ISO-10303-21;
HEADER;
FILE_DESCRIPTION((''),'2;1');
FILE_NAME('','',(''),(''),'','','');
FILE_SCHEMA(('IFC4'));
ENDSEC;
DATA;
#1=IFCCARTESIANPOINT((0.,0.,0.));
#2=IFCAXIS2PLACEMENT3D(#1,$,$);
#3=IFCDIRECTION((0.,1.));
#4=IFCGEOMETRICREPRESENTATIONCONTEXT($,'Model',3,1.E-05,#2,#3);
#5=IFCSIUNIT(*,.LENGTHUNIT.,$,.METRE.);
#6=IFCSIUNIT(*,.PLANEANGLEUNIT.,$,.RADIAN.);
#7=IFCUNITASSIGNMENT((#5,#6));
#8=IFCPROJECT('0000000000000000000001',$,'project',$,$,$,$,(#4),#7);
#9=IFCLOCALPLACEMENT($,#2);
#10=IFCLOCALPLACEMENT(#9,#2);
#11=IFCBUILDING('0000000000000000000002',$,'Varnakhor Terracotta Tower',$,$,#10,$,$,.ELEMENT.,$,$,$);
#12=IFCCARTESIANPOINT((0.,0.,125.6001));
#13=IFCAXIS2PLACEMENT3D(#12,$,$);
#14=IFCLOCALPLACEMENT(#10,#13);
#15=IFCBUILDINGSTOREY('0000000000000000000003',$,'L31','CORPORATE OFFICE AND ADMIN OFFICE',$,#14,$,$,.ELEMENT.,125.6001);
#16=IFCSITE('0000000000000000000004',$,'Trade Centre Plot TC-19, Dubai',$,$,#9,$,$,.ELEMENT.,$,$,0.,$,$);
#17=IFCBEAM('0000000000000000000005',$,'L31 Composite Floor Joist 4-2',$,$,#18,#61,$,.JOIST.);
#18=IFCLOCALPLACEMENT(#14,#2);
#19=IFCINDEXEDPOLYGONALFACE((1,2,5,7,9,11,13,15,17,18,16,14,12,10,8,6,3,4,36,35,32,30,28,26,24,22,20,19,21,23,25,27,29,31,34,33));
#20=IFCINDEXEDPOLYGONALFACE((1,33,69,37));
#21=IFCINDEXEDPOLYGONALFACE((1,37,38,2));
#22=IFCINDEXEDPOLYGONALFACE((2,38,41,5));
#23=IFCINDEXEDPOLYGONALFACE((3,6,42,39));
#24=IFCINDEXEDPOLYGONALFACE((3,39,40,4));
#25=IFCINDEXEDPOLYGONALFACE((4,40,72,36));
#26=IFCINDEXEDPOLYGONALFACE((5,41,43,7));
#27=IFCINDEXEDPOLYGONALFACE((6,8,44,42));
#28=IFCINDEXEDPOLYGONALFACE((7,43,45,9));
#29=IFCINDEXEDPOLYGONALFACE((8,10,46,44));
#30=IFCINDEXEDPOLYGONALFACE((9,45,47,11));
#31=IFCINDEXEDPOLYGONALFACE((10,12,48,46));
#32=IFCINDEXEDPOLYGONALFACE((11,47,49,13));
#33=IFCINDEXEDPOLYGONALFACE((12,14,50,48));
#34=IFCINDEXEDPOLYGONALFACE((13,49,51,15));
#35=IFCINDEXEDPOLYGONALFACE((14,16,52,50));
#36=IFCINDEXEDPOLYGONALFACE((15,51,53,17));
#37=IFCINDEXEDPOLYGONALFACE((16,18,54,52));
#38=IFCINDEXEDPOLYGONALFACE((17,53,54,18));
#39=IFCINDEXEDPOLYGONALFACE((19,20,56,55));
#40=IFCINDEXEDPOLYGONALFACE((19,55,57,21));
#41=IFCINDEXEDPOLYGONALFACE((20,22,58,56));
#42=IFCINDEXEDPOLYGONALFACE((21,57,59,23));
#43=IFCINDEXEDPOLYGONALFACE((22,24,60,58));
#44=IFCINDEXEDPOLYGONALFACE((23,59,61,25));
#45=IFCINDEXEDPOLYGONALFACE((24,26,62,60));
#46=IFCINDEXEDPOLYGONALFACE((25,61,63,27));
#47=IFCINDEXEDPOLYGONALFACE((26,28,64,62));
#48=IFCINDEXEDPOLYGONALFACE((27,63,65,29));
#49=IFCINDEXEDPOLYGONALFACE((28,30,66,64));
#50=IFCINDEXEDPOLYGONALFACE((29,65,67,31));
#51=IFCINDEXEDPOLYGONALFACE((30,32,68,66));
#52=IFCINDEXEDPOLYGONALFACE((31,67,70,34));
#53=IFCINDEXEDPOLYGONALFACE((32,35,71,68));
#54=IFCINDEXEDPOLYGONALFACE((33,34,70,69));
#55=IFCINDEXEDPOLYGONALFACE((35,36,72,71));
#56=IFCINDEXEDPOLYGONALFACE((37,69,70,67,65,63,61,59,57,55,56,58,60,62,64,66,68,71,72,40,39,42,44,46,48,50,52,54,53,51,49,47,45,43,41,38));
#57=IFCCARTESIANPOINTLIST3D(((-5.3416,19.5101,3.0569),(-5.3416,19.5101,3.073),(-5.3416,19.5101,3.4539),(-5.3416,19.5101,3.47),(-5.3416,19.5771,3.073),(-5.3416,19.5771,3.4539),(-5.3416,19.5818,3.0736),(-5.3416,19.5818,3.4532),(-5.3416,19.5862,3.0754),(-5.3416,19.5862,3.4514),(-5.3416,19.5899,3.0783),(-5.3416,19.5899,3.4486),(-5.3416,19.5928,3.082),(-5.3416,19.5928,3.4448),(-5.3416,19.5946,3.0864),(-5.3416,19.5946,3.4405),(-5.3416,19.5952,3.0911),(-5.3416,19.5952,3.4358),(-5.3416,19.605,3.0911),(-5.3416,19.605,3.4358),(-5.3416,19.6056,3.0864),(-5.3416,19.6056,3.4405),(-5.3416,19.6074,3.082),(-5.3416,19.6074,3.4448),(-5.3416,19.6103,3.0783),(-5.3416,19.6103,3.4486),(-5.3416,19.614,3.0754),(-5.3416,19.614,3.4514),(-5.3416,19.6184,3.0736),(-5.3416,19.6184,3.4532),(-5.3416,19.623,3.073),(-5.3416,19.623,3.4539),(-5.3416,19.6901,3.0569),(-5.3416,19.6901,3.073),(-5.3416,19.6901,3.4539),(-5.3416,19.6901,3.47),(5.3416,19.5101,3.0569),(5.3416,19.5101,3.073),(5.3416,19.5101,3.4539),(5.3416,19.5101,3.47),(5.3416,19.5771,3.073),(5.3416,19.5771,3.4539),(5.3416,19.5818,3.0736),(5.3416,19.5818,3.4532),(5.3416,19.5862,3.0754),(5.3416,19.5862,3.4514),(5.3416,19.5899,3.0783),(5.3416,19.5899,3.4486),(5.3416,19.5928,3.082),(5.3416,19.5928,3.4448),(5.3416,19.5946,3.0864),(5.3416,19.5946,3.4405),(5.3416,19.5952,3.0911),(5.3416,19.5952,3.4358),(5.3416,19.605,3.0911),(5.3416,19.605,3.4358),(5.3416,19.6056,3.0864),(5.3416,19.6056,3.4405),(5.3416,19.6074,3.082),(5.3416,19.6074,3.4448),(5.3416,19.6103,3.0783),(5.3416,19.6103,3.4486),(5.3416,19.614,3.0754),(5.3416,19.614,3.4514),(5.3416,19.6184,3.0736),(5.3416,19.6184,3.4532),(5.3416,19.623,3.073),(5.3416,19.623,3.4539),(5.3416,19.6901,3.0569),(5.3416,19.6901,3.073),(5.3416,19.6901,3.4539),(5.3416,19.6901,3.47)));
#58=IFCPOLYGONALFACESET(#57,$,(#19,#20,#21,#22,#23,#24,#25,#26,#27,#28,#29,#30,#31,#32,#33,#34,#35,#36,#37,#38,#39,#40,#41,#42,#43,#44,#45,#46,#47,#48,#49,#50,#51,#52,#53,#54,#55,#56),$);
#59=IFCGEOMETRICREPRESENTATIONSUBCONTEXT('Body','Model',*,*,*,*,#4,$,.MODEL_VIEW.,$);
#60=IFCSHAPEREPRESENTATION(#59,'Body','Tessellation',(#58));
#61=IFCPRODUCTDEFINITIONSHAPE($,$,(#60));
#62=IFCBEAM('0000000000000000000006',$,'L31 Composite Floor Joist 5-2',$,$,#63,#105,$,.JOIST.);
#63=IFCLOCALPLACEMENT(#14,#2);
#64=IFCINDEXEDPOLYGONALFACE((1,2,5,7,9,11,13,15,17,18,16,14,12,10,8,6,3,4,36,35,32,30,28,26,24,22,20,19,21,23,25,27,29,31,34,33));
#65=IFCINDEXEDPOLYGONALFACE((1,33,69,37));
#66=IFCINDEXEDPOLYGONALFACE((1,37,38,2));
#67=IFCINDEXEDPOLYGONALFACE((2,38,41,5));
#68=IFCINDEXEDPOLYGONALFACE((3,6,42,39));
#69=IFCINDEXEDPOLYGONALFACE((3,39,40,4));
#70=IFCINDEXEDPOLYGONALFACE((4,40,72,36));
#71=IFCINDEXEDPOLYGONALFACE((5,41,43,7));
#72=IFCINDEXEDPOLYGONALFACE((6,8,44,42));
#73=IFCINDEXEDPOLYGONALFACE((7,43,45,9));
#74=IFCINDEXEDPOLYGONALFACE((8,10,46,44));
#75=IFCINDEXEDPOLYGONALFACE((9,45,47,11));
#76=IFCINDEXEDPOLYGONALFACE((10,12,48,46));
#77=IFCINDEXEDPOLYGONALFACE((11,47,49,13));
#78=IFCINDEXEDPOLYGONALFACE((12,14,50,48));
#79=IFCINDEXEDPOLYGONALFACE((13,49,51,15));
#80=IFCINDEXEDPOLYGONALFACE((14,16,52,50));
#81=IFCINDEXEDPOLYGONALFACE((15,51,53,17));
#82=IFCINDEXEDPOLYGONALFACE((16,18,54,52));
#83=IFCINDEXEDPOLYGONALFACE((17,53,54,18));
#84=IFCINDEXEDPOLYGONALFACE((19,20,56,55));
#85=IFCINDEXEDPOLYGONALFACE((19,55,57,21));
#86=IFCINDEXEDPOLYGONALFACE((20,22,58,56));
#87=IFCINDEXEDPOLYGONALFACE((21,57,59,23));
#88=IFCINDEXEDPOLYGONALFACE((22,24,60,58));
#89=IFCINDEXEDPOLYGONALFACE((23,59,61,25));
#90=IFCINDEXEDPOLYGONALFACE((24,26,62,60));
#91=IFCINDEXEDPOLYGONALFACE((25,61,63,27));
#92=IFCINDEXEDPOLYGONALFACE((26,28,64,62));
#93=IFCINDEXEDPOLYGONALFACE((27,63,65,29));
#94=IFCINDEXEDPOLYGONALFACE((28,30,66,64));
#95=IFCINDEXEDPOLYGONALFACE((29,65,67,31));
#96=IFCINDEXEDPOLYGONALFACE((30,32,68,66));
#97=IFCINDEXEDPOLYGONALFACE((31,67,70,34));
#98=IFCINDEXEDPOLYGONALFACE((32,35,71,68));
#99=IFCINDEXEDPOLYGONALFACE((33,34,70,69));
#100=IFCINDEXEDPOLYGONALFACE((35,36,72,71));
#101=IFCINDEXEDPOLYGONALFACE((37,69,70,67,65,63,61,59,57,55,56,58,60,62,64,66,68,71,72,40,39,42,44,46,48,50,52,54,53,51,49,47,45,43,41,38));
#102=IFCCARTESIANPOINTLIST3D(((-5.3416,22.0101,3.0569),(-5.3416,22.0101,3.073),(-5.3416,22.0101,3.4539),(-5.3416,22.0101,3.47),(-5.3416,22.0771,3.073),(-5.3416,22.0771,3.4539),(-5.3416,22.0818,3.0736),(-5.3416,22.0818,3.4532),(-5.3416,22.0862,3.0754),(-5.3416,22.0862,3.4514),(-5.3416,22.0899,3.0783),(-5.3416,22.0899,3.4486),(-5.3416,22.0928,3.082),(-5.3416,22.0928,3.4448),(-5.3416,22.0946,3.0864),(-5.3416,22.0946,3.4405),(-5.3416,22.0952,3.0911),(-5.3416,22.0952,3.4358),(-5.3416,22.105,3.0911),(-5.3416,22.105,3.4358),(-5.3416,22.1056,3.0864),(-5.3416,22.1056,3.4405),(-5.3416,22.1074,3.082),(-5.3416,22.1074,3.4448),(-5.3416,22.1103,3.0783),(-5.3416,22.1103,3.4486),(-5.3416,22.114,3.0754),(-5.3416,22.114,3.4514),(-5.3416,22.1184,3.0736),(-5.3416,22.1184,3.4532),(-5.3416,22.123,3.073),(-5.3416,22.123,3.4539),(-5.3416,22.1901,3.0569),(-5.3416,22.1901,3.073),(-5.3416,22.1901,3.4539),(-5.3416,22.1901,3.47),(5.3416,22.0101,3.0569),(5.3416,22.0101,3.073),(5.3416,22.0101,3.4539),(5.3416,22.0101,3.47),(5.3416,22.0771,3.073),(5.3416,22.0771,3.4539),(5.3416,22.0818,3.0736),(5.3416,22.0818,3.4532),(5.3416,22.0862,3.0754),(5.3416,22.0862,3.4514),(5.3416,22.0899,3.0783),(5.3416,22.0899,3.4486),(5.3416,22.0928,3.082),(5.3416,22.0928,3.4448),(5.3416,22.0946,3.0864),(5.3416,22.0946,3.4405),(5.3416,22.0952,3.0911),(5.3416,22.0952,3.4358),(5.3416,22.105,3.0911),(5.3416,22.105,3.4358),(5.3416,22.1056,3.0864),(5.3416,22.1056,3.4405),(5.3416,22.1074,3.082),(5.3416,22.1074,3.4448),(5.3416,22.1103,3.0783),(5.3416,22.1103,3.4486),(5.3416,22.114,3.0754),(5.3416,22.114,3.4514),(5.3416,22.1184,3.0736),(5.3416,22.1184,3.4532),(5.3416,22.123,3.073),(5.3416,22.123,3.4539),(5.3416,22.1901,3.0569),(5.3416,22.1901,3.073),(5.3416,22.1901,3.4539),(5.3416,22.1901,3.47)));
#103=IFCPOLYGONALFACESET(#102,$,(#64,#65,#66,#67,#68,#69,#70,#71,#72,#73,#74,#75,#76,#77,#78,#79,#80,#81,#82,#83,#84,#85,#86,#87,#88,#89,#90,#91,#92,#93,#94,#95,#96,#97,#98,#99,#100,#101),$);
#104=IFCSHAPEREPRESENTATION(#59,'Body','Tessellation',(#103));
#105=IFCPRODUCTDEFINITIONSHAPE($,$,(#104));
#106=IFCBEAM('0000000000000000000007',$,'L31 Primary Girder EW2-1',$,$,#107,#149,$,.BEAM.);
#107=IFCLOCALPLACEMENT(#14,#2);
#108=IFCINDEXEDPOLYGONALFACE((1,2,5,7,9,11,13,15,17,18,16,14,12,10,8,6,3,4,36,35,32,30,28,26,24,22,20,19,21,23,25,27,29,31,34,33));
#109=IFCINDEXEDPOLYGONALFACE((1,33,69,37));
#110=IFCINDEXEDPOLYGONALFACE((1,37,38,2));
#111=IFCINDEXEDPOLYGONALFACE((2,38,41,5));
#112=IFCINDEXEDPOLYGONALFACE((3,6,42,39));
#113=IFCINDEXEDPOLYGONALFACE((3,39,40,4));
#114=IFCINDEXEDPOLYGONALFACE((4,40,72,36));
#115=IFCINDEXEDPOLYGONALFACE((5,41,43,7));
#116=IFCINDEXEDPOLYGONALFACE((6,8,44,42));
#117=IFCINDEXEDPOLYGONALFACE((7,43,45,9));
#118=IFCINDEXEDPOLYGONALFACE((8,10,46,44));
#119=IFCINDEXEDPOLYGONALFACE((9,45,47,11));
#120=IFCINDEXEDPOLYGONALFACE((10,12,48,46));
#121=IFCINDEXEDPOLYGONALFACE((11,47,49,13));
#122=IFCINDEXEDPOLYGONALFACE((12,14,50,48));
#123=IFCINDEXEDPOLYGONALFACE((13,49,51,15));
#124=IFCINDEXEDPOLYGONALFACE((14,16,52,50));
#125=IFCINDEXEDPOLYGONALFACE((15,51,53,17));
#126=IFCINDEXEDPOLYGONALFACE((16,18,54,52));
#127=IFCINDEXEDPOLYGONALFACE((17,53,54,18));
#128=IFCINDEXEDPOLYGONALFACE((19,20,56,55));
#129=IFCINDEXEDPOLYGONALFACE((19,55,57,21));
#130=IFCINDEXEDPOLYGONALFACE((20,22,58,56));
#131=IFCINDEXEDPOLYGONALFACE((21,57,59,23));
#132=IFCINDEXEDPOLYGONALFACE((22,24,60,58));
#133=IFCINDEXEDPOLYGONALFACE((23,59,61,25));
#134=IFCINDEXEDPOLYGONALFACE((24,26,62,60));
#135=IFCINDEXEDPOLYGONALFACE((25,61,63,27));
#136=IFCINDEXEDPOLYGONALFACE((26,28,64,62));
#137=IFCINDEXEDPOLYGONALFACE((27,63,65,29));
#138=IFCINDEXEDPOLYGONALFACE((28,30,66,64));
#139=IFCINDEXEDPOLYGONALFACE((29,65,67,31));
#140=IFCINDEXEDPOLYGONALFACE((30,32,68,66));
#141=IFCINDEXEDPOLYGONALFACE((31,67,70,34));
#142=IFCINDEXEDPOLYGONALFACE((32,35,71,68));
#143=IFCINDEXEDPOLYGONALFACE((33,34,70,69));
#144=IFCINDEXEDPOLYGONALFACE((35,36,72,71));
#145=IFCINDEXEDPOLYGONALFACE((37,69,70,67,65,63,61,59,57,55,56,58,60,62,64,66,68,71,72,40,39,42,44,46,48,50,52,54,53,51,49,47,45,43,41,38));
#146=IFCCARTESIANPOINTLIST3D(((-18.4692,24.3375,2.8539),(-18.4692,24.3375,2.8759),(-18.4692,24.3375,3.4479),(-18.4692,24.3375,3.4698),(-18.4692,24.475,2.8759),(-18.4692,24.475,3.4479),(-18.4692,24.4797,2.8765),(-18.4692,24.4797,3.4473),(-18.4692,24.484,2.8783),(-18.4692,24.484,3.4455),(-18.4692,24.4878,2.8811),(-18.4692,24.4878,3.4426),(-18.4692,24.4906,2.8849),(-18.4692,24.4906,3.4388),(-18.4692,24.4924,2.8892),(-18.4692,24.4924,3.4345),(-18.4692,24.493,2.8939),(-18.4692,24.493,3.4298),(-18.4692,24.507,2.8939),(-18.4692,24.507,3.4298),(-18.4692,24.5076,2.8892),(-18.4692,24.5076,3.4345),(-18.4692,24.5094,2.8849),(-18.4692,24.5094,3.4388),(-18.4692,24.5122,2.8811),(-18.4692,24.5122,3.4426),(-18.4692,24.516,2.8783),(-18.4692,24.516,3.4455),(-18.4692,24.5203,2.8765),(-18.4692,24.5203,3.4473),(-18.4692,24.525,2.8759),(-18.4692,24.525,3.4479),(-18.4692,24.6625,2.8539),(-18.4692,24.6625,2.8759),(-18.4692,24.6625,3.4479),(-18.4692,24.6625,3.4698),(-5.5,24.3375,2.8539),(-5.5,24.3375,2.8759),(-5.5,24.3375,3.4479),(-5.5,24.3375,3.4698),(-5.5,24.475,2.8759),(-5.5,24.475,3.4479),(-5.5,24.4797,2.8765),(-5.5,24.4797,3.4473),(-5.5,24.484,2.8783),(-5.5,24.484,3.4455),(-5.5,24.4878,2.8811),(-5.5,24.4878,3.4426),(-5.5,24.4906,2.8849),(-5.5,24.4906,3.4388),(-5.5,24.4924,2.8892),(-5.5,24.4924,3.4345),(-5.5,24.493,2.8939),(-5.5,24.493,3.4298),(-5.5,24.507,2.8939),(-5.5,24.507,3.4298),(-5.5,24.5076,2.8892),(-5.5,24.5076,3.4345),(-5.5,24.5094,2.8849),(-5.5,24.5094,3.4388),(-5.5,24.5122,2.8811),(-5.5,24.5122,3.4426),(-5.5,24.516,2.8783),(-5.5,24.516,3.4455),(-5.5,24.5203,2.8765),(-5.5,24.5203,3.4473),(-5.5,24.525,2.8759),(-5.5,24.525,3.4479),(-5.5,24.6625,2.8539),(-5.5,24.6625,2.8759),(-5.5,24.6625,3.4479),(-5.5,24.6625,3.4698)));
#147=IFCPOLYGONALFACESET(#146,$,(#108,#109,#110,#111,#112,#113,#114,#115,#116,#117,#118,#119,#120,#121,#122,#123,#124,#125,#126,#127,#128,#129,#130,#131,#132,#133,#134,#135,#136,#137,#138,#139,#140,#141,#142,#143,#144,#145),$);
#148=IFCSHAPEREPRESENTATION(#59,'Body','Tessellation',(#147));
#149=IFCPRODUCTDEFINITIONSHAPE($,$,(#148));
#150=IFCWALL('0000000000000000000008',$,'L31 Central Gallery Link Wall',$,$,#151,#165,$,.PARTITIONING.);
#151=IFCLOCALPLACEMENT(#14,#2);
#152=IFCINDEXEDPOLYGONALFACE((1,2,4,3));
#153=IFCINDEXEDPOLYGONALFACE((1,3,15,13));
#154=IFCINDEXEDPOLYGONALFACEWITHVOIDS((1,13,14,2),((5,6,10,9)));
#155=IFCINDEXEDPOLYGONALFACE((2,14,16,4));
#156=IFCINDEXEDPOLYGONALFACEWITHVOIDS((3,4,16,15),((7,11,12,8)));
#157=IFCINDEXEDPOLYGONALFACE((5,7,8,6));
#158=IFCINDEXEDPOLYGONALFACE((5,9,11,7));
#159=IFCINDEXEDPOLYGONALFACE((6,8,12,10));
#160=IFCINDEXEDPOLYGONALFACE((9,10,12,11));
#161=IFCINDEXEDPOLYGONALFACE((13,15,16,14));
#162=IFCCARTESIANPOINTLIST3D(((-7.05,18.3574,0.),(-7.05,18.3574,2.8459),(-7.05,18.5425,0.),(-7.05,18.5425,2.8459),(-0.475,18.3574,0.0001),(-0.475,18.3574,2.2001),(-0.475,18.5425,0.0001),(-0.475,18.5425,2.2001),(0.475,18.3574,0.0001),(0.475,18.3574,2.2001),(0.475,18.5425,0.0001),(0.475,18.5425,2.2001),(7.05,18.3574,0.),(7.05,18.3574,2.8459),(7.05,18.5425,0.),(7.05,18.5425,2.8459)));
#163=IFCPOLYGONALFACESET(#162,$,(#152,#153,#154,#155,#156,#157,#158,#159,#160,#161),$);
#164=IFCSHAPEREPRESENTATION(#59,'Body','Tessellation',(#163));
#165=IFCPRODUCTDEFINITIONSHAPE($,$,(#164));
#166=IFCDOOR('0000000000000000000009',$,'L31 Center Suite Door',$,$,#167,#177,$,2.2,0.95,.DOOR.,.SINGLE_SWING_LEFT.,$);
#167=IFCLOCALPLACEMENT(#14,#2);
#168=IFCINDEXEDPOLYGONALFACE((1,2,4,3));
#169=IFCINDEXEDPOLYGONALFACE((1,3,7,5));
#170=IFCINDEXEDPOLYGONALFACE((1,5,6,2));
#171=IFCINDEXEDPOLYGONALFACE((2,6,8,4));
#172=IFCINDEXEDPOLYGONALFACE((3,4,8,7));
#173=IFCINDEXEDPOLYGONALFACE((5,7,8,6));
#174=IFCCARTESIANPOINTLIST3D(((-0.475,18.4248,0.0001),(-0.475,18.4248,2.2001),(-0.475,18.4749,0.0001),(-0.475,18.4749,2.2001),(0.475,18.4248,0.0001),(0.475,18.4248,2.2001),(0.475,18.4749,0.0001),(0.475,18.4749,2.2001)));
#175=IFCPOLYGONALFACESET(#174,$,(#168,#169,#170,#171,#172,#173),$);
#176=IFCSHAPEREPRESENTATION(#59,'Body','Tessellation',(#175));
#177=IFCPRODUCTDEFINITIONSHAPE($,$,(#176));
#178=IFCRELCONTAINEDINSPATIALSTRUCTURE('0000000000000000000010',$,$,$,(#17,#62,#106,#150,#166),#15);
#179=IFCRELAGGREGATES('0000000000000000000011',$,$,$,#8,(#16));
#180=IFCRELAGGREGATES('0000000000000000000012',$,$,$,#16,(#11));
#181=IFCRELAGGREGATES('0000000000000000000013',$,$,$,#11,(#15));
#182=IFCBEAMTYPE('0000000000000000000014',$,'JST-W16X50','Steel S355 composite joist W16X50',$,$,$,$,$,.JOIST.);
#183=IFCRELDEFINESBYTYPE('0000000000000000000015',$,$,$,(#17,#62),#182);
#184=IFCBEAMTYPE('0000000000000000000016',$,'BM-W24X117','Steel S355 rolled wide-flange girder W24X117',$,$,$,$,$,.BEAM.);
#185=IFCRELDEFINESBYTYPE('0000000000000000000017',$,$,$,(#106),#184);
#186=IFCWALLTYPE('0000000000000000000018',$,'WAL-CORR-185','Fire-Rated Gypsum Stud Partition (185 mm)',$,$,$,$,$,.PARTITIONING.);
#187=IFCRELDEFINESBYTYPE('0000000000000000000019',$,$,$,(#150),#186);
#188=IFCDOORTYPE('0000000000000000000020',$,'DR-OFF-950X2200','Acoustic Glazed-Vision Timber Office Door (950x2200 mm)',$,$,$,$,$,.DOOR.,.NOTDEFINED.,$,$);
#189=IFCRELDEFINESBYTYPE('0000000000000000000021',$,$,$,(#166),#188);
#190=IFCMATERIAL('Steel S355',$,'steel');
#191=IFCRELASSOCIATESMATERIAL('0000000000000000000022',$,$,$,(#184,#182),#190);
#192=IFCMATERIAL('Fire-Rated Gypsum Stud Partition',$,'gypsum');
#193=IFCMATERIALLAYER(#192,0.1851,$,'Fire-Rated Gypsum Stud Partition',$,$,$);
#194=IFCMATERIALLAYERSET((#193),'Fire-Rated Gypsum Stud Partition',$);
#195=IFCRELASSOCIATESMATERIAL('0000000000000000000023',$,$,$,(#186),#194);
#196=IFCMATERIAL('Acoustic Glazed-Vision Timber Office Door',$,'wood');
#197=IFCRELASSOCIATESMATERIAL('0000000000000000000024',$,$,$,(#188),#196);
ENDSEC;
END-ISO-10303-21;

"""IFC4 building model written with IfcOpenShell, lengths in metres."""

from ifc_helpers import new_model, si_unit, direction, frame, frame_2d, origin, origin_2d, place, context, subcontext, project, spatial, rectangle, i_section, extrude, source, transform, mapped, material, layer, layer_set, material_profile, profile_set, type_object, type_shapes, element, fill, save


model = new_model("IFC4")

# Units and contexts
model_context = context("Model", 3, precision=1e-05, world=origin(), true_north=direction((0.0, 1.0)))
body_context = subcontext(model_context, "Body", "Model", "MODEL_VIEW")
ifc_project = project(units=[si_unit("LENGTHUNIT", "METRE"), si_unit("PLANEANGLEUNIT", "RADIAN")], contexts=[model_context])

# Site, building, storey
site_placement = place(None, origin())
site = spatial("IfcSite", under=ifc_project, at=site_placement, Name="Trade Centre Plot TC-19, Dubai", CompositionType="ELEMENT", RefElevation=0.0)
building_placement = place(site_placement, origin())
building = spatial("IfcBuilding", under=site, at=building_placement, Name="Varnakhor Terracotta Tower", CompositionType="ELEMENT")
storey_placement = place(building_placement, frame((0.0, 0.0, 125.6001)))
storey = spatial("IfcBuildingStorey", under=building, at=storey_placement, Name="L31", Description="CORPORATE OFFICE AND ADMIN OFFICE", CompositionType="ELEMENT", Elevation=125.6001)

# Beams
ifc_material_1 = material(Name="Steel S355", Category="steel")
ifc_material_profile_1 = material_profile(ifc_material_1, i_section(OverallWidth=0.325, OverallDepth=0.616, WebThickness=0.0139, FlangeThickness=0.022, FilletRadius=0.0181, at=origin_2d()), Name="W24X117")
ifc_profile_set_1 = profile_set([ifc_material_profile_1], Name="Steel S355")
beam_type_1 = type_object("IfcBeamType", Name="BM-W24X117", Description="Steel S355 rolled wide-flange girder W24X117", PredefinedType="BEAM", material=ifc_profile_set_1)
ifc_material_profile_2 = material_profile(ifc_material_1, i_section(OverallWidth=0.1799, OverallDepth=0.4131, WebThickness=0.0098, FlangeThickness=0.0161, FilletRadius=0.0181, at=origin_2d()), Name="W16X50")
ifc_profile_set_2 = profile_set([ifc_material_profile_2], Name="Steel S355")
beam_type_2 = type_object("IfcBeamType", Name="JST-W16X50", Description="Steel S355 composite joist W16X50", PredefinedType="JOIST", material=ifc_profile_set_2)
shared_shape_1 = source(origin(), body_context, "Body", "SweptSolid", [
    extrude(i_section(OverallWidth=0.1799, OverallDepth=0.4131, WebThickness=0.0098, FlangeThickness=0.0161, FilletRadius=0.0181, at=origin_2d()), origin(), (0.0, 0.0, 1.0), 10.6831),
])
for number, where, z_axis, x_axis, name in (
    (1, (-5.3416, 19.6001, 3.2634), (1.0, 0.0, 0.0), (0.0, 1.0, 0.0), "L31 Composite Floor Joist 4-2"),
    (2, (-5.3416, 22.1001, 3.2634), (1.0, 0.0, 0.0), (0.0, 1.0, 0.0), "L31 Composite Floor Joist 5-2"),
):
    element("IfcBeam", number, at=place(storey_placement, frame(where, z_axis=z_axis, x_axis=x_axis)), inside=storey, type_object=beam_type_2, Name=name, PredefinedType="JOIST", context=body_context, shape_type="MappedRepresentation", body=[
        mapped(shared_shape_1, transform((0.0, 0.0, 0.0), scale=1.0)),
    ])
shared_shape_2 = source(origin(), body_context, "Body", "SweptSolid", [
    extrude(i_section(OverallWidth=0.325, OverallDepth=0.616, WebThickness=0.0139, FlangeThickness=0.022, FilletRadius=0.0181, at=origin_2d()), origin(), (0.0, 0.0, 1.0), 12.9692),
])
beam_1_placement = place(storey_placement, frame((-18.4692, 24.5, 3.1619), z_axis=(1.0, 0.0, 0.0), x_axis=(0.0, 1.0, 0.0)))
element("IfcBeam", 3, at=beam_1_placement, inside=storey, type_object=beam_type_1, Name="L31 Primary Girder EW2-1", PredefinedType="BEAM", context=body_context, shape_type="MappedRepresentation", body=[
    mapped(shared_shape_2, transform((0.0, 0.0, 0.0), scale=1.0)),
])

# Wall, opening, door
ifc_material_2 = material(Name="Fire-Rated Gypsum Stud Partition", Category="gypsum")
ifc_layer_1 = layer(ifc_material_2, 0.1851, Name="Fire-Rated Gypsum Stud Partition")
ifc_layer_set_1 = layer_set([ifc_layer_1], Name="Fire-Rated Gypsum Stud Partition")
wall_type_1 = type_object("IfcWallType", Name="WAL-CORR-185", Description="Fire-Rated Gypsum Stud Partition (185 mm)", PredefinedType="PARTITIONING", material=ifc_layer_set_1)
wall_1_placement = place(storey_placement, frame((-7.05, 18.45, 0.0), z_axis=(0.0, 0.0, 1.0), x_axis=(1.0, 0.0, 0.0)))
wall_1 = element("IfcWall", 4, at=wall_1_placement, inside=storey, type_object=wall_type_1, Name="L31 Central Gallery Link Wall", PredefinedType="PARTITIONING", context=body_context, shape_type="SweptSolid", body=[
    extrude(rectangle(XDim=14.1001, YDim=0.1851, at=frame_2d((7.05, 0.0))), origin(), (0.0, 0.0, 1.0), 2.8459),
])
opening_1_placement = place(wall_1_placement, frame((6.575, 0.0, 0.0)))
opening_1 = element("IfcOpeningElement", 5, at=opening_1_placement, cuts=wall_1, PredefinedType="OPENING", context=body_context, shape_type="SweptSolid", body=[
    extrude(rectangle(XDim=0.95, YDim=2.2, at=frame_2d((0.4751, 1.1001))), frame((0.0, 0.1025, 0.0), z_axis=(0.0, -1.0, 0.0), x_axis=(1.0, 0.0, 0.0)), (0.0, 0.0, 1.0), 0.2051),
])
ifc_material_3 = material(Name="Acoustic Glazed-Vision Timber Office Door", Category="wood")
door_type_1 = type_object("IfcDoorType", Name="DR-OFF-950X2200", Description="Acoustic Glazed-Vision Timber Office Door (950x2200 mm)", OperationType="NOTDEFINED", PredefinedType="DOOR", material=ifc_material_3)
shared_shape_3 = source(origin(), body_context, "Body", "SweptSolid", [
    extrude(rectangle(XDim=0.95, YDim=2.2, at=frame_2d((0.4751, 1.1001))), frame((0.0, 0.0249, 0.0), z_axis=(0.0, -1.0, 0.0), x_axis=(1.0, 0.0, 0.0)), (0.0, 0.0, 1.0), 0.05),
])
type_shapes(door_type_1, [shared_shape_3])
door_1_placement = place(opening_1_placement, origin())
door_1 = element("IfcDoor", 6, at=door_1_placement, inside=storey, type_object=door_type_1, Name="L31 Center Suite Door", OperationType="SINGLE_SWING_LEFT", OverallHeight=2.2, OverallWidth=0.95, PredefinedType="DOOR", context=body_context, shape_type="MappedRepresentation", body=[
    mapped(shared_shape_3, transform((0.0, 0.0, 0.0), scale=1.0)),
])
fill(opening_1, door_1)

save(model, "model.ifc")
